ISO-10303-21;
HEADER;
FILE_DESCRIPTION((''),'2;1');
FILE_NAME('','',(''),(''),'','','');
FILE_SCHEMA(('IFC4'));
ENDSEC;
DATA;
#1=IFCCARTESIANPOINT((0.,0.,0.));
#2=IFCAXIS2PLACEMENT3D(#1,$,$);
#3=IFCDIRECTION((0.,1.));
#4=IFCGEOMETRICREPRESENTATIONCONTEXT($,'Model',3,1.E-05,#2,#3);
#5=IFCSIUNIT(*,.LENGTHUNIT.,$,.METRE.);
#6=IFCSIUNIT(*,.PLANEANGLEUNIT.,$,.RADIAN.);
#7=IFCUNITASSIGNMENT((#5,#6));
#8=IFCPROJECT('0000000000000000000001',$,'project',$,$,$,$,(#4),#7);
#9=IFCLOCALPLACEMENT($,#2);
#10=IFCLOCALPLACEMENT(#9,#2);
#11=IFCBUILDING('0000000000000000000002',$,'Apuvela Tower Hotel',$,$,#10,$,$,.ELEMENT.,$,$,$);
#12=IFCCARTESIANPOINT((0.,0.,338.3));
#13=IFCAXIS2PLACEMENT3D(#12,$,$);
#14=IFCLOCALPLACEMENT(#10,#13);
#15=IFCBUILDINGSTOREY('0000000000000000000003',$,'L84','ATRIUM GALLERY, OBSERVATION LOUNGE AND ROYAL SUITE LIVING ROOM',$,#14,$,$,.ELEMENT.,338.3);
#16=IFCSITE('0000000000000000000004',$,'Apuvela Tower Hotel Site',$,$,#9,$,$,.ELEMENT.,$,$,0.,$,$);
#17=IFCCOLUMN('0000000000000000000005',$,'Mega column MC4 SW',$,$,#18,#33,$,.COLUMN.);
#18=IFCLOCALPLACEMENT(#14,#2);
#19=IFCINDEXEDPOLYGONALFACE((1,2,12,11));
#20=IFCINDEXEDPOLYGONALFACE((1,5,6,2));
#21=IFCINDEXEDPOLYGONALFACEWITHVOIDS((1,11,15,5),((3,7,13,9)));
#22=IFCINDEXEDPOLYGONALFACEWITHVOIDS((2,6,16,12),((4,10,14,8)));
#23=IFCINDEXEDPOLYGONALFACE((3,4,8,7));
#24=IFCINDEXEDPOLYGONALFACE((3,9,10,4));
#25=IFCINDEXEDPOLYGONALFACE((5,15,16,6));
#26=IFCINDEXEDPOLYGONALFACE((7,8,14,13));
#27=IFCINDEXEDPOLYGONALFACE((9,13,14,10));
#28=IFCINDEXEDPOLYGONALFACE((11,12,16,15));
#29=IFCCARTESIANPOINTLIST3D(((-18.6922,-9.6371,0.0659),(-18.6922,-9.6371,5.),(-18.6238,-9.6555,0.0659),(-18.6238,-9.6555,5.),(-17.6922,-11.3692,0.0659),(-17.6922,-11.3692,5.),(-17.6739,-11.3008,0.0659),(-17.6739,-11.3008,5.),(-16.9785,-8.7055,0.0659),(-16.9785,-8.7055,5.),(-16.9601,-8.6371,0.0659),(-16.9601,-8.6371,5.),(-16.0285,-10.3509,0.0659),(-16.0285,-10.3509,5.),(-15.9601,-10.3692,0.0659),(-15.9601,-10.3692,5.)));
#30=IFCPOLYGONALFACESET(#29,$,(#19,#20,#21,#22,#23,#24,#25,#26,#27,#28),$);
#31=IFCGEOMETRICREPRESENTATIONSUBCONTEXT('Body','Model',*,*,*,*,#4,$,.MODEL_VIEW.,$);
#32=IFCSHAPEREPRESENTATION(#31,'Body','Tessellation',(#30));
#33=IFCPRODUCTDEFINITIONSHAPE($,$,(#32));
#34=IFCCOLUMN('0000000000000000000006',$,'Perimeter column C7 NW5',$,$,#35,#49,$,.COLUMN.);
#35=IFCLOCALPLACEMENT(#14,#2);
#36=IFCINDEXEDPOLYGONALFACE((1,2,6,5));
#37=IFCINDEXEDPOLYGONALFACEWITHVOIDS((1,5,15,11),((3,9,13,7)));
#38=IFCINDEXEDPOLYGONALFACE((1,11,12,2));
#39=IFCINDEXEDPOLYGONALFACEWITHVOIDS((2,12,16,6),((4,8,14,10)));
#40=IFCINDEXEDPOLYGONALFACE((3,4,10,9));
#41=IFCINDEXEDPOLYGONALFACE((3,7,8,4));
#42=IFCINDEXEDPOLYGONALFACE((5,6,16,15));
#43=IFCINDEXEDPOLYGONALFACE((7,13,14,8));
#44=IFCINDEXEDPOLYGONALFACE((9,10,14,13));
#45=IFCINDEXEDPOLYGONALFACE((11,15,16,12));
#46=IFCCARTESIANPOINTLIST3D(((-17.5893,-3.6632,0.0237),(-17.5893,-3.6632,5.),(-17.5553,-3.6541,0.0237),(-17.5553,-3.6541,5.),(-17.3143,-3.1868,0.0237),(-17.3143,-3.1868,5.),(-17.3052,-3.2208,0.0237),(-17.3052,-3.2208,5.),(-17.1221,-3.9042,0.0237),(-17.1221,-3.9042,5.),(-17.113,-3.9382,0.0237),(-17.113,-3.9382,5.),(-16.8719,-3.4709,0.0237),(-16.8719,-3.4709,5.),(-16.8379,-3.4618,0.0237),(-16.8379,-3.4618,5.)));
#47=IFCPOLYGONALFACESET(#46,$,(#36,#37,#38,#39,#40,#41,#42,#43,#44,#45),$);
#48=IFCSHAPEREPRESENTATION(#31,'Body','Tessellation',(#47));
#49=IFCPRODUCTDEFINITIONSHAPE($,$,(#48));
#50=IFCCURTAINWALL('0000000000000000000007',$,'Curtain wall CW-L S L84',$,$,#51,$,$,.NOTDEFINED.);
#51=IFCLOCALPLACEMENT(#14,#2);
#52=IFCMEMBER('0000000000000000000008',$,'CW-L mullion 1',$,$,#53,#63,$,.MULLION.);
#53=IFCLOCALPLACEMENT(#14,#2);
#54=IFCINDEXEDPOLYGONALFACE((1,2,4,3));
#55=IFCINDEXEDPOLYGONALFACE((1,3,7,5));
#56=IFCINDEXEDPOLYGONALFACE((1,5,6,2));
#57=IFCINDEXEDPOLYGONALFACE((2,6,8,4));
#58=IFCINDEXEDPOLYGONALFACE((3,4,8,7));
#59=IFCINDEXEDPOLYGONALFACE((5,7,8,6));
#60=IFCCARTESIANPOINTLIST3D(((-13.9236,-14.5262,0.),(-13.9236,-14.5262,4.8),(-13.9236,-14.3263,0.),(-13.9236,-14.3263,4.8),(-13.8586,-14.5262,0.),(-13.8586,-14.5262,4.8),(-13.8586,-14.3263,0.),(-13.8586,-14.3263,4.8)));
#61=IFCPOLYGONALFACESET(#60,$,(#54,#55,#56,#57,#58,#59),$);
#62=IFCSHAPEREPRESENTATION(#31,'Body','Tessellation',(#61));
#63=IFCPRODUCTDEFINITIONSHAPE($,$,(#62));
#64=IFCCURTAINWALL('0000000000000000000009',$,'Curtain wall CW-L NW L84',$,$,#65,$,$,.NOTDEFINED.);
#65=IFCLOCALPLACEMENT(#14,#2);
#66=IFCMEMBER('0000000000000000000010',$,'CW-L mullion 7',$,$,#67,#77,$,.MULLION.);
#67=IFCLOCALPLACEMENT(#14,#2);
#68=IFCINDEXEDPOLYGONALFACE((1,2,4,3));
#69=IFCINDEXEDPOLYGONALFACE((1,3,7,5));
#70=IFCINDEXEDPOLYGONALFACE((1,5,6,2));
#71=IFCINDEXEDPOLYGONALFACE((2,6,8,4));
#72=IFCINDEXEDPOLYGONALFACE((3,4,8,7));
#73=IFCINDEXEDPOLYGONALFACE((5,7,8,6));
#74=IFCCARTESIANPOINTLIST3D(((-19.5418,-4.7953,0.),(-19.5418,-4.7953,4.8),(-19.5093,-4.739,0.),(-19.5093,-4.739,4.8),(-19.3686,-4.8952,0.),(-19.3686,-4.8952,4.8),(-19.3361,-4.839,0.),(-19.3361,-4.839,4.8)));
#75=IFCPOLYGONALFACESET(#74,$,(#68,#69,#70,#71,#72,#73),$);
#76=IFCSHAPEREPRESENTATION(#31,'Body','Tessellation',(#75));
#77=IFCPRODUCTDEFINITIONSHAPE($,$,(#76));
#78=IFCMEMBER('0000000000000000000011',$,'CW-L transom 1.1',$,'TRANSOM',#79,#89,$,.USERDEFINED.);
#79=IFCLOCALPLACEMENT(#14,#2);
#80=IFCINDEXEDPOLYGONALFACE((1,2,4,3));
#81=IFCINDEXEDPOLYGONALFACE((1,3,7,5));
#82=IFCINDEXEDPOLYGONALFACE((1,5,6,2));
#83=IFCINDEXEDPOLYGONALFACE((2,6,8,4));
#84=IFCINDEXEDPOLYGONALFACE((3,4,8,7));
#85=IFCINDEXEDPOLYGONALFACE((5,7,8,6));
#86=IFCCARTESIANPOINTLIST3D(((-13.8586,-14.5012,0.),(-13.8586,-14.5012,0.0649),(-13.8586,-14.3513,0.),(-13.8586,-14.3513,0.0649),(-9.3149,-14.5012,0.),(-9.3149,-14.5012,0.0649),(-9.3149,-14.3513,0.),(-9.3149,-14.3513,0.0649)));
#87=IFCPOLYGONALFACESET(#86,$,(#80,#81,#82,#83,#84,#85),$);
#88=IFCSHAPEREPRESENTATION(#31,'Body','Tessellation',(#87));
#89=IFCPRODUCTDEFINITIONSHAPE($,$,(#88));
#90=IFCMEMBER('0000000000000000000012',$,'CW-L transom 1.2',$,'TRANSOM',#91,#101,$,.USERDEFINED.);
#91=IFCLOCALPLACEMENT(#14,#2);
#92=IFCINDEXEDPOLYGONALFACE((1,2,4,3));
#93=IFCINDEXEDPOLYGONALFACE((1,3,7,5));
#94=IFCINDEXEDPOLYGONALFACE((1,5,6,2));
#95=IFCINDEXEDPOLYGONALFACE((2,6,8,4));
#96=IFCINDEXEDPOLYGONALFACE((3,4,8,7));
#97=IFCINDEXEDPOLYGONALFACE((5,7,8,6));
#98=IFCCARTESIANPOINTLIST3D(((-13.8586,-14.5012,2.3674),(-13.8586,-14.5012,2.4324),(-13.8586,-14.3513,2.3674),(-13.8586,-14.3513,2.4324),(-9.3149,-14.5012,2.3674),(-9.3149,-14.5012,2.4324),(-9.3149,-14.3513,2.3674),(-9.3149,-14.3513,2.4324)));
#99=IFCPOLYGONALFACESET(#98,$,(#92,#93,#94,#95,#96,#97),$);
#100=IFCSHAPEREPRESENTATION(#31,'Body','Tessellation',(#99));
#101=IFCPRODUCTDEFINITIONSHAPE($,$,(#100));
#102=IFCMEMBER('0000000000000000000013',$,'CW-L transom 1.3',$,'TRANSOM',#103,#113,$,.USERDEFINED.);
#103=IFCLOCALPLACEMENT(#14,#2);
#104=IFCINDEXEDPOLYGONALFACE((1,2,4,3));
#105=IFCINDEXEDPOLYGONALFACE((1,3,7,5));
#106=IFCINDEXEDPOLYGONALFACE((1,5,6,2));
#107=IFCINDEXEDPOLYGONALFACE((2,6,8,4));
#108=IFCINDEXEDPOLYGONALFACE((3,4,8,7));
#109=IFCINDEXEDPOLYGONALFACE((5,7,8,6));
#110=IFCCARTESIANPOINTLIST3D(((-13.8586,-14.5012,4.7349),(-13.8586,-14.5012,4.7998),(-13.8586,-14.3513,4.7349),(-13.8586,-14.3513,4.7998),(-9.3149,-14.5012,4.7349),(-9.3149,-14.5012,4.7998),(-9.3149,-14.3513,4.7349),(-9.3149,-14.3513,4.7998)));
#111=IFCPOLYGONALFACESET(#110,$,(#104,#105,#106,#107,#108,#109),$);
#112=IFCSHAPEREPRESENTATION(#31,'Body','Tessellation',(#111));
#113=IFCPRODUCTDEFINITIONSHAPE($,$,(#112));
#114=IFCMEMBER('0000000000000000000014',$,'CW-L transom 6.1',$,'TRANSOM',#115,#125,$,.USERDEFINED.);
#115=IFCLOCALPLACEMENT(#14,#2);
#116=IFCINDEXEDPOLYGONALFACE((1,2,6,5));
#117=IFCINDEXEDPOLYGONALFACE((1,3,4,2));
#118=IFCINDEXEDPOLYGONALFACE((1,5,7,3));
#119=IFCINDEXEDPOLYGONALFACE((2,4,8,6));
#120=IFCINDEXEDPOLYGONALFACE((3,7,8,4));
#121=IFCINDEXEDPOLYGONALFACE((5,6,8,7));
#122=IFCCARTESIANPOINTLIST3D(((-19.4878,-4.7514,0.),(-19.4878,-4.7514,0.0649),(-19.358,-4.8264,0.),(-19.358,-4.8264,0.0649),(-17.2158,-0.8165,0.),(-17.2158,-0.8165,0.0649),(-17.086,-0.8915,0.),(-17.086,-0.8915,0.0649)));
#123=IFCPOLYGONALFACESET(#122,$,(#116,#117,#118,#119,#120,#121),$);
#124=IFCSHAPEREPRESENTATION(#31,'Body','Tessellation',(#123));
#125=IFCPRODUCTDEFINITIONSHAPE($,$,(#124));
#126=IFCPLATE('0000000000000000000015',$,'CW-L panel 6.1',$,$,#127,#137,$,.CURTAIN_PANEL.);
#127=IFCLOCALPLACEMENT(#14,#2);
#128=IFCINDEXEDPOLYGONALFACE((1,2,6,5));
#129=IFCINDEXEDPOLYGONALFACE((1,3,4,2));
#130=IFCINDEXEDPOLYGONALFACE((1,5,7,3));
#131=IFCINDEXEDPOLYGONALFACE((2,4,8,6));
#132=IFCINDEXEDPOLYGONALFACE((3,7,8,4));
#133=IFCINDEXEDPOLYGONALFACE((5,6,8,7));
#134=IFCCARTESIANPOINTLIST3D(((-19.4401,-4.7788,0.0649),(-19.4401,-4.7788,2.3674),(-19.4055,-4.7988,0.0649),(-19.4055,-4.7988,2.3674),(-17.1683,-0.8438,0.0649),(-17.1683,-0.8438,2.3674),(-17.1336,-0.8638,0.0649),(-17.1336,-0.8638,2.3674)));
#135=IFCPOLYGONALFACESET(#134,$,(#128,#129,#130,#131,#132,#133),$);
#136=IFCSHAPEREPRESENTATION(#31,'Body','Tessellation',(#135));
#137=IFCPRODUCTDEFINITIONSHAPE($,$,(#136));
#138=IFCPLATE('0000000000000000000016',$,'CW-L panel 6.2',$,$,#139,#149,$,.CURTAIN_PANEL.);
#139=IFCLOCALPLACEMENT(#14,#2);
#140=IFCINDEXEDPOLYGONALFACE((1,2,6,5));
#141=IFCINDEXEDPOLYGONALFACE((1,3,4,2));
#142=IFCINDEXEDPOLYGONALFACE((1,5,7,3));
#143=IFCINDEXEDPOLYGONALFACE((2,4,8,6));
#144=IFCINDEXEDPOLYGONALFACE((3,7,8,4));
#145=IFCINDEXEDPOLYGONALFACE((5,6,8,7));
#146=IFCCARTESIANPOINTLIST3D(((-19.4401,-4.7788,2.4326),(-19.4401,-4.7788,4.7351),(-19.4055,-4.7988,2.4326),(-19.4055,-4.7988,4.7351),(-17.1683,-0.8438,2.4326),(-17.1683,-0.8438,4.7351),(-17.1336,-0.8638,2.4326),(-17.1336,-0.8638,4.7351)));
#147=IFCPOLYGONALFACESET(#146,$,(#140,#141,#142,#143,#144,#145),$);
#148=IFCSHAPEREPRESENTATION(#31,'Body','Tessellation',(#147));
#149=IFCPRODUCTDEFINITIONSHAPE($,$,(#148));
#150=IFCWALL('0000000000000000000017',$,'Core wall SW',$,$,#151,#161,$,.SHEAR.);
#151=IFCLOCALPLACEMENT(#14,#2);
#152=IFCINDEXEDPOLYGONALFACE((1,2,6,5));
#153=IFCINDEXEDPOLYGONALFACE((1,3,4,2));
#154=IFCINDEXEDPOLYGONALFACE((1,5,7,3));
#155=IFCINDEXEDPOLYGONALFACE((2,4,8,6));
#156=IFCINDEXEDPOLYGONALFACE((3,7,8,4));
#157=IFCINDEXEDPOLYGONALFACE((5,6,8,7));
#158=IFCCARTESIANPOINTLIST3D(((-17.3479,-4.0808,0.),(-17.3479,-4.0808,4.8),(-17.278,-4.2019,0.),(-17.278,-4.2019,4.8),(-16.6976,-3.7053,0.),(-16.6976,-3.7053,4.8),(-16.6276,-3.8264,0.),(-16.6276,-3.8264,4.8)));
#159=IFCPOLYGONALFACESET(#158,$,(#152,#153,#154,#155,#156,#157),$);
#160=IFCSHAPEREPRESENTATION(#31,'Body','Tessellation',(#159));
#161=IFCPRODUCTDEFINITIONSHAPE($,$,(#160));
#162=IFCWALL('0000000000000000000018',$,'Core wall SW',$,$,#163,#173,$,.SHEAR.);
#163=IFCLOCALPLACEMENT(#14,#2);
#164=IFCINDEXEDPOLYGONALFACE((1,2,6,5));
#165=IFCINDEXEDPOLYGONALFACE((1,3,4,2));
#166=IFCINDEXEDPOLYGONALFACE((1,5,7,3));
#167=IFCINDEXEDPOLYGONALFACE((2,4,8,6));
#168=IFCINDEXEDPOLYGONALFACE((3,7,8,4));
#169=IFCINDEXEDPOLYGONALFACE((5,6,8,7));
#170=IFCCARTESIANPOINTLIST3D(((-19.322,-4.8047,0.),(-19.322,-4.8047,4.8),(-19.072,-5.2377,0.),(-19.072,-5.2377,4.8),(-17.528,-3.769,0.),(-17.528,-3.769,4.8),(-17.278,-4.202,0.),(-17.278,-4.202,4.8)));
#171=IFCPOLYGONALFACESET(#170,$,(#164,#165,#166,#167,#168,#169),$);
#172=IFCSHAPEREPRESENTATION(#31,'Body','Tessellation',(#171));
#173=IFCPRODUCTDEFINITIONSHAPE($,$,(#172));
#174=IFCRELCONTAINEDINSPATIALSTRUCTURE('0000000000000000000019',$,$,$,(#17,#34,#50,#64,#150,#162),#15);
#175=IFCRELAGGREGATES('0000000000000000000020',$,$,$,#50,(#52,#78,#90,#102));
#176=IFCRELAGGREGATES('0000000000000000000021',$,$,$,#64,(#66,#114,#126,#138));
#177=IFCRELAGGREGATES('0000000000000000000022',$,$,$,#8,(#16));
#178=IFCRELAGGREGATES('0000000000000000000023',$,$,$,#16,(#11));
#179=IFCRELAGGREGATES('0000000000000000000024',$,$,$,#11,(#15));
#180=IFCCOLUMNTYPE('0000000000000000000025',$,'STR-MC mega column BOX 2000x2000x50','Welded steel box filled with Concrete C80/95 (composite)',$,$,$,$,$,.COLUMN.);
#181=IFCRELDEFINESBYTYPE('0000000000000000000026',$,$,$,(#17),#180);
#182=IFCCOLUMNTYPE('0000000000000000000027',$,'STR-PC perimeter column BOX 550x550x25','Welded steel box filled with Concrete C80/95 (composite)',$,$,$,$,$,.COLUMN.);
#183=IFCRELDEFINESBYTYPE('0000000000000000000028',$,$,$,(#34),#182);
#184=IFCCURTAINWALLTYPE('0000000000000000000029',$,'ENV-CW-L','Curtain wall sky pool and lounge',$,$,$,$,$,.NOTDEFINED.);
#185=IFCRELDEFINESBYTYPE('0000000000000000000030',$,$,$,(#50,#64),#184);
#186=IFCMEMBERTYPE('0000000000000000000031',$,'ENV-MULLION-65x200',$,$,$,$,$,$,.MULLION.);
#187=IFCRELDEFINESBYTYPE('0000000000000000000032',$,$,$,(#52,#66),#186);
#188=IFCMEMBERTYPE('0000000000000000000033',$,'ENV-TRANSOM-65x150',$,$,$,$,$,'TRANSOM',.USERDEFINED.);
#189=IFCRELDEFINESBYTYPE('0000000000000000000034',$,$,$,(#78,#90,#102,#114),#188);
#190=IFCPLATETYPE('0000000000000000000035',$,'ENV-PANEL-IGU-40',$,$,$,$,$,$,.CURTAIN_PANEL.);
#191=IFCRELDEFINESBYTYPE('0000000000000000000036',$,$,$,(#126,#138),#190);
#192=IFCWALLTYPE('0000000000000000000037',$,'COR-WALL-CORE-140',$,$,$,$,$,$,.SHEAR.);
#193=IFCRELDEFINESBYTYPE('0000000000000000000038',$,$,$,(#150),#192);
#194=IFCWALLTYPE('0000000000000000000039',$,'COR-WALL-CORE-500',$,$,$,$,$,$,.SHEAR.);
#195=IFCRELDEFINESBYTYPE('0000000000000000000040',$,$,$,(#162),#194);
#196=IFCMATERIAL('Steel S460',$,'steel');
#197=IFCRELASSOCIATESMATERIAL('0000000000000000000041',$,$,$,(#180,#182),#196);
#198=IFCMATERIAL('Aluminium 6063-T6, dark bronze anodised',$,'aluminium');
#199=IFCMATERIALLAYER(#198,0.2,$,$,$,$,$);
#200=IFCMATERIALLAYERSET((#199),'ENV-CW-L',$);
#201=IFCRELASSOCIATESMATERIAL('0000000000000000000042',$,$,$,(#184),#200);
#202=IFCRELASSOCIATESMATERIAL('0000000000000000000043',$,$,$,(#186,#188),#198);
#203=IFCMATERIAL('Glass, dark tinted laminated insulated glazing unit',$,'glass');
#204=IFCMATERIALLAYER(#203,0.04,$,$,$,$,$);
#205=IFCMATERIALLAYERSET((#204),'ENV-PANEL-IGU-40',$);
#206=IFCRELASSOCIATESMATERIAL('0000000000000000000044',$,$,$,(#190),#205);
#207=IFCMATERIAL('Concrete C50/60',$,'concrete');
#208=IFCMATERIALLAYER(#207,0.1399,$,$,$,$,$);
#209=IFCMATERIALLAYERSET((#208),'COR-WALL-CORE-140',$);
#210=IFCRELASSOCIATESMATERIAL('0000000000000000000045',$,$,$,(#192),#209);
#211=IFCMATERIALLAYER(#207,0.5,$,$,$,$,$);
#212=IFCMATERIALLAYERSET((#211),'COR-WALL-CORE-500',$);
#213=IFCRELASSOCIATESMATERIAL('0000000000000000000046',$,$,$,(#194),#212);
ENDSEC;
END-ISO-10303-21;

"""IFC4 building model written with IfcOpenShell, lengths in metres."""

from ifc_helpers import new_model, si_unit, direction, frame, frame_2d, origin, origin_2d, place, context, subcontext, project, spatial, rectangle, hollow_rectangle, extrude, boolean, halfspace, material, layer, layer_set, material_profile, profile_set, type_object, element, aggregate, save


model = new_model("IFC4")

# Units and contexts
model_context = context("Model", 3, precision=1e-05, world=origin(), true_north=direction((0.0, 1.0)))
body_context = subcontext(model_context, "Body", "Model", "MODEL_VIEW")
ifc_project = project(units=[si_unit("LENGTHUNIT", "METRE"), si_unit("PLANEANGLEUNIT", "RADIAN")], contexts=[model_context])

# Site, building, storey
site_placement = place(None, origin())
site = spatial("IfcSite", under=ifc_project, at=site_placement, Name="Apuvela Tower Hotel Site", CompositionType="ELEMENT", RefElevation=0.0)
building_placement = place(site_placement, origin())
building = spatial("IfcBuilding", under=site, at=building_placement, Name="Apuvela Tower Hotel", CompositionType="ELEMENT")
storey_placement = place(building_placement, frame((0.0, 0.0, 338.3)))
storey = spatial("IfcBuildingStorey", under=building, at=storey_placement, Name="L84", Description="ATRIUM GALLERY, OBSERVATION LOUNGE AND ROYAL SUITE LIVING ROOM", CompositionType="ELEMENT", Elevation=338.3)

# Columns
ifc_material_1 = material(Name="Steel S460", Category="steel")
ifc_material_profile_1 = material_profile(ifc_material_1, hollow_rectangle(XDim=2.0, YDim=2.0, WallThickness=0.05, at=origin_2d()), Name="BOX 2000x2000x50")
ifc_material_2 = material(Name="Concrete C80/95", Category="concrete")
ifc_material_profile_2 = material_profile(ifc_material_2, rectangle(XDim=1.8999, YDim=1.8999, at=origin_2d()), Name="Concrete C80/95 infill")
ifc_profile_set_1 = profile_set([ifc_material_profile_1, ifc_material_profile_2], Name="Steel S460")
column_type_1 = type_object("IfcColumnType", Name="STR-MC mega column BOX 2000x2000x50", Description="Welded steel box filled with Concrete C80/95 (composite)", PredefinedType="COLUMN", material=ifc_profile_set_1)
column_1_placement = place(storey_placement, frame((-17.3262, -10.0032, 0.0), z_axis=(0.0, 0.0, 1.0), x_axis=(-0.5, 0.866025, 0.0)))
element("IfcColumn", 1, at=column_1_placement, inside=storey, type_object=column_type_1, Name="Mega column MC4 SW", PredefinedType="COLUMN", context=body_context, shape_type="SweptSolid", body=[
    boolean("DIFFERENCE", extrude(hollow_rectangle(XDim=2.0, YDim=2.0, WallThickness=0.05, at=origin_2d()), origin(), (0.0, 0.0, 1.0), 5.0), halfspace(frame((0.0, 0.0, 0.0659), z_axis=(0.0, 0.0, 1.0), x_axis=(1.0, 0.0, 0.0)), True)),
])
ifc_material_profile_3 = material_profile(ifc_material_1, hollow_rectangle(XDim=0.55, YDim=0.55, WallThickness=0.0249, at=origin_2d()), Name="BOX 550x550x25")
ifc_material_profile_4 = material_profile(ifc_material_2, rectangle(XDim=0.5, YDim=0.5, at=origin_2d()), Name="Concrete C80/95 infill")
ifc_profile_set_2 = profile_set([ifc_material_profile_3, ifc_material_profile_4], Name="Steel S460")
column_type_2 = type_object("IfcColumnType", Name="STR-PC perimeter column BOX 550x550x25", Description="Welded steel box filled with Concrete C80/95 (composite)", PredefinedType="COLUMN", material=ifc_profile_set_2)
column_2_placement = place(storey_placement, frame((-17.2136, -3.5625, 0.0), z_axis=(0.0, 0.0, 1.0), x_axis=(0.5, 0.866025, 0.0)))
element("IfcColumn", 2, at=column_2_placement, inside=storey, type_object=column_type_2, Name="Perimeter column C7 NW5", PredefinedType="COLUMN", context=body_context, shape_type="SweptSolid", body=[
    boolean("DIFFERENCE", extrude(hollow_rectangle(XDim=0.55, YDim=0.55, WallThickness=0.0249, at=origin_2d()), origin(), (0.0, 0.0, 1.0), 5.0), halfspace(frame((0.0, 0.0, 0.0237), z_axis=(0.0, 0.0, 1.0), x_axis=(1.0, 0.0, 0.0)), True)),
])

# Curtain walls, members
ifc_material_3 = material(Name="Aluminium 6063-T6, dark bronze anodised", Category="aluminium")
ifc_layer_1 = layer(ifc_material_3, 0.2)
ifc_layer_set_1 = layer_set([ifc_layer_1], Name="ENV-CW-L")
curtain_wall_type = type_object("IfcCurtainWallType", Name="ENV-CW-L", Description="Curtain wall sky pool and lounge", PredefinedType="NOTDEFINED", material=ifc_layer_set_1)
curtain_wall_1_placement = place(storey_placement, origin())
curtain_wall_1 = element("IfcCurtainWall", 3, at=curtain_wall_1_placement, inside=storey, type_object=curtain_wall_type, Name="Curtain wall CW-L S L84", PredefinedType="NOTDEFINED")
ifc_material_profile_5 = material_profile(ifc_material_3, rectangle(XDim=0.2, YDim=0.0649, at=origin_2d()), Name="AL 65x200")
ifc_profile_set_3 = profile_set([ifc_material_profile_5], Name="Aluminium 6063-T6, dark bronze anodised")
member_type_1 = type_object("IfcMemberType", Name="ENV-MULLION-65x200", PredefinedType="MULLION", material=ifc_profile_set_3)
member_1_placement = place(storey_placement, frame((-13.8911, -14.4263, 0.0), z_axis=(0.0, 0.0, 1.0), x_axis=(0.0, 1.0, 0.0)))
member_1 = element("IfcMember", 4, at=member_1_placement, type_object=member_type_1, Name="CW-L mullion 1", PredefinedType="MULLION", context=body_context, shape_type="SweptSolid", body=[
    extrude(rectangle(XDim=0.2, YDim=0.0649, at=origin_2d()), origin(), (0.0, 0.0, 1.0), 4.8),
])
curtain_wall_2_placement = place(storey_placement, origin())
curtain_wall_2 = element("IfcCurtainWall", 5, at=curtain_wall_2_placement, inside=storey, type_object=curtain_wall_type, Name="Curtain wall CW-L NW L84", PredefinedType="NOTDEFINED")
member_2_placement = place(storey_placement, frame((-19.439, -4.8171, 0.0), z_axis=(0.0, 0.0, 1.0), x_axis=(0.866026, -0.499999, 0.0)))
member_2 = element("IfcMember", 6, at=member_2_placement, type_object=member_type_1, Name="CW-L mullion 7", PredefinedType="MULLION", context=body_context, shape_type="SweptSolid", body=[
    extrude(rectangle(XDim=0.2, YDim=0.0649, at=origin_2d()), origin(), (0.0, 0.0, 1.0), 4.8),
])

# Members
ifc_material_profile_6 = material_profile(ifc_material_3, rectangle(XDim=0.1499, YDim=0.0649, at=origin_2d()), Name="AL 65x150 transom")
ifc_profile_set_4 = profile_set([ifc_material_profile_6], Name="Aluminium 6063-T6, dark bronze anodised")
member_type_2 = type_object("IfcMemberType", Name="ENV-TRANSOM-65x150", ElementType="TRANSOM", PredefinedType="USERDEFINED", material=ifc_profile_set_4)
member_3_placement = place(storey_placement, frame((-13.8586, -14.4263, 0.0325), z_axis=(1.0, 0.0, 0.0), x_axis=(0.0, 1.0, 0.0)))
member_3 = element("IfcMember", 7, at=member_3_placement, type_object=member_type_2, Name="CW-L transom 1.1", ObjectType="TRANSOM", PredefinedType="USERDEFINED", context=body_context, shape_type="SweptSolid", body=[
    extrude(rectangle(XDim=0.1499, YDim=0.0649, at=origin_2d()), origin(), (0.0, 0.0, 1.0), 4.5437),
])
member_4_placement = place(storey_placement, frame((-13.8586, -14.4263, 2.3999), z_axis=(1.0, 0.0, 0.0), x_axis=(0.0, 1.0, 0.0)))
member_4 = element("IfcMember", 8, at=member_4_placement, type_object=member_type_2, Name="CW-L transom 1.2", ObjectType="TRANSOM", PredefinedType="USERDEFINED", context=body_context, shape_type="SweptSolid", body=[
    extrude(rectangle(XDim=0.1499, YDim=0.0649, at=origin_2d()), origin(), (0.0, 0.0, 1.0), 4.5437),
])
member_5_placement = place(storey_placement, frame((-13.8586, -14.4263, 4.7673), z_axis=(1.0, 0.0, 0.0), x_axis=(0.0, 1.0, 0.0)))
member_5 = element("IfcMember", 9, at=member_5_placement, type_object=member_type_2, Name="CW-L transom 1.3", ObjectType="TRANSOM", PredefinedType="USERDEFINED", context=body_context, shape_type="SweptSolid", body=[
    extrude(rectangle(XDim=0.1499, YDim=0.0649, at=origin_2d()), origin(), (0.0, 0.0, 1.0), 4.5437),
])
aggregate(curtain_wall_1, [member_1, member_3, member_4, member_5])
member_6_placement = place(storey_placement, frame((-17.1509, -0.854, 0.0325), z_axis=(-0.500034, -0.866006, 0.0), x_axis=(0.866006, -0.500034, 0.0)))
member_6 = element("IfcMember", 10, at=member_6_placement, type_object=member_type_2, Name="CW-L transom 6.1", ObjectType="TRANSOM", PredefinedType="USERDEFINED", context=body_context, shape_type="SweptSolid", body=[
    extrude(rectangle(XDim=0.1499, YDim=0.0649, at=origin_2d()), origin(), (0.0, 0.0, 1.0), 4.5437),
])

# Plates
ifc_material_4 = material(Name="Glass, dark tinted laminated insulated glazing unit", Category="glass")
ifc_layer_2 = layer(ifc_material_4, 0.04)
ifc_layer_set_2 = layer_set([ifc_layer_2], Name="ENV-PANEL-IGU-40")
plate_type = type_object("IfcPlateType", Name="ENV-PANEL-IGU-40", PredefinedType="CURTAIN_PANEL", material=ifc_layer_set_2)
plate_1_placement = place(storey_placement, frame((-18.2869, -2.8213, 0.0649), z_axis=(0.0, 0.0, 1.0), x_axis=(-0.499999, -0.866026, 0.0)))
plate_1 = element("IfcPlate", 11, at=plate_1_placement, type_object=plate_type, Name="CW-L panel 6.1", PredefinedType="CURTAIN_PANEL", context=body_context, shape_type="SweptSolid", body=[
    extrude(rectangle(XDim=4.5437, YDim=0.04, at=origin_2d()), origin(), (0.0, 0.0, 1.0), 2.3025),
])
plate_2_placement = place(storey_placement, frame((-18.2869, -2.8213, 2.4326), z_axis=(0.0, 0.0, 1.0), x_axis=(-0.499999, -0.866026, 0.0)))
plate_2 = element("IfcPlate", 12, at=plate_2_placement, type_object=plate_type, Name="CW-L panel 6.2", PredefinedType="CURTAIN_PANEL", context=body_context, shape_type="SweptSolid", body=[
    extrude(rectangle(XDim=4.5437, YDim=0.04, at=origin_2d()), origin(), (0.0, 0.0, 1.0), 2.3025),
])
aggregate(curtain_wall_2, [member_2, member_6, plate_1, plate_2])

# Walls
ifc_material_5 = material(Name="Concrete C50/60", Category="concrete")
ifc_layer_3 = layer(ifc_material_5, 0.1399)
ifc_layer_set_3 = layer_set([ifc_layer_3], Name="COR-WALL-CORE-140")
wall_type_1 = type_object("IfcWallType", Name="COR-WALL-CORE-140", PredefinedType="SHEAR", material=ifc_layer_set_3)
wall_1_placement = place(storey_placement, frame((-16.6626, -3.7659, 0.0), z_axis=(0.0, 0.0, 1.0), x_axis=(-0.866034, -0.499985, 0.0)))
element("IfcWall", 13, at=wall_1_placement, inside=storey, type_object=wall_type_1, Name="Core wall SW", PredefinedType="SHEAR", context=body_context, shape_type="SweptSolid", body=[
    extrude(rectangle(XDim=0.751, YDim=0.1399, at=frame_2d((0.3755, 0.0))), origin(), (0.0, 0.0, 1.0), 4.8),
])
ifc_layer_4 = layer(ifc_material_5, 0.5)
ifc_layer_set_4 = layer_set([ifc_layer_4], Name="COR-WALL-CORE-500")
wall_type_2 = type_object("IfcWallType", Name="COR-WALL-CORE-500", PredefinedType="SHEAR", material=ifc_layer_set_4)
wall_2_placement = place(storey_placement, frame((-17.4031, -3.9856, 0.0), z_axis=(0.0, 0.0, 1.0), x_axis=(-0.866044, -0.499967, 0.0)))
element("IfcWall", 14, at=wall_2_placement, inside=storey, type_object=wall_type_2, Name="Core wall SW", PredefinedType="SHEAR", context=body_context, shape_type="SweptSolid", body=[
    extrude(rectangle(XDim=2.0715, YDim=0.5, at=frame_2d((1.0356, 0.0))), origin(), (0.0, 0.0, 1.0), 4.8),
])

save(model, "model.ifc")
